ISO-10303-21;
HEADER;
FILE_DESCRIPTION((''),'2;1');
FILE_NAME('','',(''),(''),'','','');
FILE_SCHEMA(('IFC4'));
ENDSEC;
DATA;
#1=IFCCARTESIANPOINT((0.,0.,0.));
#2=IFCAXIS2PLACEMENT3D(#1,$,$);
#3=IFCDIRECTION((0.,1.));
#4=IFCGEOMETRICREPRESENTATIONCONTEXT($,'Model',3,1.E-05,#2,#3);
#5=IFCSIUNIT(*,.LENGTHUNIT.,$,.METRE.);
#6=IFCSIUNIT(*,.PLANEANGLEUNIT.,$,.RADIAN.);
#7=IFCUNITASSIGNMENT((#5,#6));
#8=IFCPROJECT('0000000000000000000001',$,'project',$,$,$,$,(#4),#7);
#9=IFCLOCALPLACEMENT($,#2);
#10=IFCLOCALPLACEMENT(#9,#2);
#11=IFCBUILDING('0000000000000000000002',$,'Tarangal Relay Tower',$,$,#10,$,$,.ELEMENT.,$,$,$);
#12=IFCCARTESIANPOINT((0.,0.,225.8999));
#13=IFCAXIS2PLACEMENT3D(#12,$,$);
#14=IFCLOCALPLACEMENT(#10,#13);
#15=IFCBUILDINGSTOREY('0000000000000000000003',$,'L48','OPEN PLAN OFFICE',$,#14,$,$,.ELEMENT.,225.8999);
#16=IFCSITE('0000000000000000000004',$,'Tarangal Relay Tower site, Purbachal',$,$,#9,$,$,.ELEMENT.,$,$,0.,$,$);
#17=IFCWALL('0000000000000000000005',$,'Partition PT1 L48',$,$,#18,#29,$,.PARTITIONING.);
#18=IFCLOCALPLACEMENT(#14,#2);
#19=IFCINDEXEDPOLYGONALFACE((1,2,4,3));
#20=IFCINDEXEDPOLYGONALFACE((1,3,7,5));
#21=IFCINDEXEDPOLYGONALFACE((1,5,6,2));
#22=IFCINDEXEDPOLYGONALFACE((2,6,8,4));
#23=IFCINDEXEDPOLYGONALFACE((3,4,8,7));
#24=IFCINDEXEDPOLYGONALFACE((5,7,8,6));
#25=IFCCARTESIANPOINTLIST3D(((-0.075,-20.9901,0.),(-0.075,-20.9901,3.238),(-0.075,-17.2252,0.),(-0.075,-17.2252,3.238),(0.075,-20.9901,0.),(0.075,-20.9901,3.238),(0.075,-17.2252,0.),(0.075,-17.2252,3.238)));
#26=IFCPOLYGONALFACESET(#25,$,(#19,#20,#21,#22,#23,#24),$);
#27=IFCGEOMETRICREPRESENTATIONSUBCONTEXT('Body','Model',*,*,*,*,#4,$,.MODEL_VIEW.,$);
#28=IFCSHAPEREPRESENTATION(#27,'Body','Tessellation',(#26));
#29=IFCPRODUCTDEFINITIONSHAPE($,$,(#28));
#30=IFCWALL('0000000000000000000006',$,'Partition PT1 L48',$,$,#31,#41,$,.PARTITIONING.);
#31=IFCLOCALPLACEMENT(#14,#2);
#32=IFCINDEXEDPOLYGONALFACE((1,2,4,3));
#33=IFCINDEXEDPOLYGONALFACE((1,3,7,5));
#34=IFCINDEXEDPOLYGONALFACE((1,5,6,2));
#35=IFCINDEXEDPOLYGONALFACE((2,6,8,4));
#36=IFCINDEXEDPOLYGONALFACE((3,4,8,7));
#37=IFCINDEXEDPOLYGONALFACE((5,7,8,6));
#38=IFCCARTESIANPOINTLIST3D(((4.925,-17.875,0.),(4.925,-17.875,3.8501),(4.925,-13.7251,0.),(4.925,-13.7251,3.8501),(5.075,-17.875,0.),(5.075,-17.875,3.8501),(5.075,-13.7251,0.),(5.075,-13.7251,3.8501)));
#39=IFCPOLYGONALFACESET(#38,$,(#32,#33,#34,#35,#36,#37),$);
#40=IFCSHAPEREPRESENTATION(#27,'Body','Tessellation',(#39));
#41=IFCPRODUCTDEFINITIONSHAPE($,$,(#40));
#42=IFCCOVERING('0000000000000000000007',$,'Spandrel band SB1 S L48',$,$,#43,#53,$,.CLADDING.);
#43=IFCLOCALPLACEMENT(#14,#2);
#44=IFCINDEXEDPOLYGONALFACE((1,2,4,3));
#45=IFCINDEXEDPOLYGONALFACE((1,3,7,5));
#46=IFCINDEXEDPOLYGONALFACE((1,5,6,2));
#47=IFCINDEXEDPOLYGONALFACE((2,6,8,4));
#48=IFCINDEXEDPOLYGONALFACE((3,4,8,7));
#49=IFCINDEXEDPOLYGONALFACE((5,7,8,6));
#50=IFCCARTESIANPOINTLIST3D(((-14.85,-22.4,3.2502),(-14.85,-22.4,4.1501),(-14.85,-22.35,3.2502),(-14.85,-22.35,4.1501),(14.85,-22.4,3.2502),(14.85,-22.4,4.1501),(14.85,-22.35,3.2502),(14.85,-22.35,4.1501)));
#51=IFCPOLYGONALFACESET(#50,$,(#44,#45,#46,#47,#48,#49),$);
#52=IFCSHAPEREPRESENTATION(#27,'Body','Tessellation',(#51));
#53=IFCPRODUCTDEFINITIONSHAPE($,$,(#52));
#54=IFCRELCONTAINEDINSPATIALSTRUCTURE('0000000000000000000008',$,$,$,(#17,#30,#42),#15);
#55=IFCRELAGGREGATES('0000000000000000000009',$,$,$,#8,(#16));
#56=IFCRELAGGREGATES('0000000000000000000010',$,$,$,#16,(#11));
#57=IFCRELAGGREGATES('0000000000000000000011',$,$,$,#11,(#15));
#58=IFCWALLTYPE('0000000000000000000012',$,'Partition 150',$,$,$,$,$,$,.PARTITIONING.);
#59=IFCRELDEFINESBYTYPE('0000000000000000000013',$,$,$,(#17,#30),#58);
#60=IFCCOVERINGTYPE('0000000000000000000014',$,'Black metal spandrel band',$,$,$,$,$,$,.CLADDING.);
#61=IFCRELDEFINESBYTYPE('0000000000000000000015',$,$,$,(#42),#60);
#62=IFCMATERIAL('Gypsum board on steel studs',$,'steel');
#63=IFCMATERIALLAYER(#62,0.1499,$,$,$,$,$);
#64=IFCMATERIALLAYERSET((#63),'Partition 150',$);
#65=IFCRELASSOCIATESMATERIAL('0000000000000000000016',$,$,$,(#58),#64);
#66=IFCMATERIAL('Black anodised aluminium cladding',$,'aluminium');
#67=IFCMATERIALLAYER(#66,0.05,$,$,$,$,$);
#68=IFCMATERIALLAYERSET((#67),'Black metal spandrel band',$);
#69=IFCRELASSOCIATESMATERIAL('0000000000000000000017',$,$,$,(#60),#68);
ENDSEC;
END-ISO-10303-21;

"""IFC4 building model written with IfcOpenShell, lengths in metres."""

from ifc_helpers import new_model, si_unit, direction, frame, frame_2d, origin, origin_2d, place, context, subcontext, project, spatial, rectangle, extrude, material, layer, layer_set, type_object, element, save


model = new_model("IFC4")

# Units and contexts
model_context = context("Model", 3, precision=1e-05, world=origin(), true_north=direction((0.0, 1.0)))
body_context = subcontext(model_context, "Body", "Model", "MODEL_VIEW")
ifc_project = project(units=[si_unit("LENGTHUNIT", "METRE"), si_unit("PLANEANGLEUNIT", "RADIAN")], contexts=[model_context])

# Site, building, storey
site_placement = place(None, origin())
site = spatial("IfcSite", under=ifc_project, at=site_placement, Name="Tarangal Relay Tower site, Purbachal", CompositionType="ELEMENT", RefElevation=0.0)
building_placement = place(site_placement, origin())
building = spatial("IfcBuilding", under=site, at=building_placement, Name="Tarangal Relay Tower", CompositionType="ELEMENT")
storey_placement = place(building_placement, frame((0.0, 0.0, 225.8999)))
storey = spatial("IfcBuildingStorey", under=building, at=storey_placement, Name="L48", Description="OPEN PLAN OFFICE", CompositionType="ELEMENT", Elevation=225.8999)

# Walls
ifc_material_1 = material(Name="Gypsum board on steel studs", Category="steel")
ifc_layer_1 = layer(ifc_material_1, 0.1499)
ifc_layer_set_1 = layer_set([ifc_layer_1], Name="Partition 150")
wall_type_1 = type_object("IfcWallType", Name="Partition 150", PredefinedType="PARTITIONING", material=ifc_layer_set_1)
wall_1_placement = place(storey_placement, frame((0.0, -20.99, 0.0), z_axis=(0.0, 0.0, 1.0), x_axis=(0.0, 1.0, 0.0)))
element("IfcWall", 1, at=wall_1_placement, inside=storey, type_object=wall_type_1, Name="Partition PT1 L48", PredefinedType="PARTITIONING", context=body_context, shape_type="SweptSolid", body=[
    extrude(rectangle(XDim=3.7649, YDim=0.1499, at=frame_2d((1.8823, 0.0))), origin(), (0.0, 0.0, 1.0), 3.238),
])
wall_2_placement = place(storey_placement, frame((5.0, -17.875, 0.0), z_axis=(0.0, 0.0, 1.0), x_axis=(0.0, 1.0, 0.0)))
element("IfcWall", 2, at=wall_2_placement, inside=storey, type_object=wall_type_1, Name="Partition PT1 L48", PredefinedType="PARTITIONING", context=body_context, shape_type="SweptSolid", body=[
    extrude(rectangle(XDim=4.1499, YDim=0.1499, at=frame_2d((2.075, 0.0))), origin(), (0.0, 0.0, 1.0), 3.8501),
])

# Covering
ifc_material_2 = material(Name="Black anodised aluminium cladding", Category="aluminium")
ifc_layer_2 = layer(ifc_material_2, 0.05)
ifc_layer_set_2 = layer_set([ifc_layer_2], Name="Black metal spandrel band")
covering_type = type_object("IfcCoveringType", Name="Black metal spandrel band", PredefinedType="CLADDING", material=ifc_layer_set_2)
covering_placement = place(storey_placement, frame((0.0, -22.375, 3.2502), z_axis=(0.0, 0.0, 1.0), x_axis=(-1.0, 0.0, 0.0)))
element("IfcCovering", 3, at=covering_placement, inside=storey, type_object=covering_type, Name="Spandrel band SB1 S L48", PredefinedType="CLADDING", context=body_context, shape_type="SweptSolid", body=[
    extrude(rectangle(XDim=29.7, YDim=0.05, at=origin_2d()), origin(), (0.0, 0.0, 1.0), 0.8999),
])

save(model, "model.ifc")
